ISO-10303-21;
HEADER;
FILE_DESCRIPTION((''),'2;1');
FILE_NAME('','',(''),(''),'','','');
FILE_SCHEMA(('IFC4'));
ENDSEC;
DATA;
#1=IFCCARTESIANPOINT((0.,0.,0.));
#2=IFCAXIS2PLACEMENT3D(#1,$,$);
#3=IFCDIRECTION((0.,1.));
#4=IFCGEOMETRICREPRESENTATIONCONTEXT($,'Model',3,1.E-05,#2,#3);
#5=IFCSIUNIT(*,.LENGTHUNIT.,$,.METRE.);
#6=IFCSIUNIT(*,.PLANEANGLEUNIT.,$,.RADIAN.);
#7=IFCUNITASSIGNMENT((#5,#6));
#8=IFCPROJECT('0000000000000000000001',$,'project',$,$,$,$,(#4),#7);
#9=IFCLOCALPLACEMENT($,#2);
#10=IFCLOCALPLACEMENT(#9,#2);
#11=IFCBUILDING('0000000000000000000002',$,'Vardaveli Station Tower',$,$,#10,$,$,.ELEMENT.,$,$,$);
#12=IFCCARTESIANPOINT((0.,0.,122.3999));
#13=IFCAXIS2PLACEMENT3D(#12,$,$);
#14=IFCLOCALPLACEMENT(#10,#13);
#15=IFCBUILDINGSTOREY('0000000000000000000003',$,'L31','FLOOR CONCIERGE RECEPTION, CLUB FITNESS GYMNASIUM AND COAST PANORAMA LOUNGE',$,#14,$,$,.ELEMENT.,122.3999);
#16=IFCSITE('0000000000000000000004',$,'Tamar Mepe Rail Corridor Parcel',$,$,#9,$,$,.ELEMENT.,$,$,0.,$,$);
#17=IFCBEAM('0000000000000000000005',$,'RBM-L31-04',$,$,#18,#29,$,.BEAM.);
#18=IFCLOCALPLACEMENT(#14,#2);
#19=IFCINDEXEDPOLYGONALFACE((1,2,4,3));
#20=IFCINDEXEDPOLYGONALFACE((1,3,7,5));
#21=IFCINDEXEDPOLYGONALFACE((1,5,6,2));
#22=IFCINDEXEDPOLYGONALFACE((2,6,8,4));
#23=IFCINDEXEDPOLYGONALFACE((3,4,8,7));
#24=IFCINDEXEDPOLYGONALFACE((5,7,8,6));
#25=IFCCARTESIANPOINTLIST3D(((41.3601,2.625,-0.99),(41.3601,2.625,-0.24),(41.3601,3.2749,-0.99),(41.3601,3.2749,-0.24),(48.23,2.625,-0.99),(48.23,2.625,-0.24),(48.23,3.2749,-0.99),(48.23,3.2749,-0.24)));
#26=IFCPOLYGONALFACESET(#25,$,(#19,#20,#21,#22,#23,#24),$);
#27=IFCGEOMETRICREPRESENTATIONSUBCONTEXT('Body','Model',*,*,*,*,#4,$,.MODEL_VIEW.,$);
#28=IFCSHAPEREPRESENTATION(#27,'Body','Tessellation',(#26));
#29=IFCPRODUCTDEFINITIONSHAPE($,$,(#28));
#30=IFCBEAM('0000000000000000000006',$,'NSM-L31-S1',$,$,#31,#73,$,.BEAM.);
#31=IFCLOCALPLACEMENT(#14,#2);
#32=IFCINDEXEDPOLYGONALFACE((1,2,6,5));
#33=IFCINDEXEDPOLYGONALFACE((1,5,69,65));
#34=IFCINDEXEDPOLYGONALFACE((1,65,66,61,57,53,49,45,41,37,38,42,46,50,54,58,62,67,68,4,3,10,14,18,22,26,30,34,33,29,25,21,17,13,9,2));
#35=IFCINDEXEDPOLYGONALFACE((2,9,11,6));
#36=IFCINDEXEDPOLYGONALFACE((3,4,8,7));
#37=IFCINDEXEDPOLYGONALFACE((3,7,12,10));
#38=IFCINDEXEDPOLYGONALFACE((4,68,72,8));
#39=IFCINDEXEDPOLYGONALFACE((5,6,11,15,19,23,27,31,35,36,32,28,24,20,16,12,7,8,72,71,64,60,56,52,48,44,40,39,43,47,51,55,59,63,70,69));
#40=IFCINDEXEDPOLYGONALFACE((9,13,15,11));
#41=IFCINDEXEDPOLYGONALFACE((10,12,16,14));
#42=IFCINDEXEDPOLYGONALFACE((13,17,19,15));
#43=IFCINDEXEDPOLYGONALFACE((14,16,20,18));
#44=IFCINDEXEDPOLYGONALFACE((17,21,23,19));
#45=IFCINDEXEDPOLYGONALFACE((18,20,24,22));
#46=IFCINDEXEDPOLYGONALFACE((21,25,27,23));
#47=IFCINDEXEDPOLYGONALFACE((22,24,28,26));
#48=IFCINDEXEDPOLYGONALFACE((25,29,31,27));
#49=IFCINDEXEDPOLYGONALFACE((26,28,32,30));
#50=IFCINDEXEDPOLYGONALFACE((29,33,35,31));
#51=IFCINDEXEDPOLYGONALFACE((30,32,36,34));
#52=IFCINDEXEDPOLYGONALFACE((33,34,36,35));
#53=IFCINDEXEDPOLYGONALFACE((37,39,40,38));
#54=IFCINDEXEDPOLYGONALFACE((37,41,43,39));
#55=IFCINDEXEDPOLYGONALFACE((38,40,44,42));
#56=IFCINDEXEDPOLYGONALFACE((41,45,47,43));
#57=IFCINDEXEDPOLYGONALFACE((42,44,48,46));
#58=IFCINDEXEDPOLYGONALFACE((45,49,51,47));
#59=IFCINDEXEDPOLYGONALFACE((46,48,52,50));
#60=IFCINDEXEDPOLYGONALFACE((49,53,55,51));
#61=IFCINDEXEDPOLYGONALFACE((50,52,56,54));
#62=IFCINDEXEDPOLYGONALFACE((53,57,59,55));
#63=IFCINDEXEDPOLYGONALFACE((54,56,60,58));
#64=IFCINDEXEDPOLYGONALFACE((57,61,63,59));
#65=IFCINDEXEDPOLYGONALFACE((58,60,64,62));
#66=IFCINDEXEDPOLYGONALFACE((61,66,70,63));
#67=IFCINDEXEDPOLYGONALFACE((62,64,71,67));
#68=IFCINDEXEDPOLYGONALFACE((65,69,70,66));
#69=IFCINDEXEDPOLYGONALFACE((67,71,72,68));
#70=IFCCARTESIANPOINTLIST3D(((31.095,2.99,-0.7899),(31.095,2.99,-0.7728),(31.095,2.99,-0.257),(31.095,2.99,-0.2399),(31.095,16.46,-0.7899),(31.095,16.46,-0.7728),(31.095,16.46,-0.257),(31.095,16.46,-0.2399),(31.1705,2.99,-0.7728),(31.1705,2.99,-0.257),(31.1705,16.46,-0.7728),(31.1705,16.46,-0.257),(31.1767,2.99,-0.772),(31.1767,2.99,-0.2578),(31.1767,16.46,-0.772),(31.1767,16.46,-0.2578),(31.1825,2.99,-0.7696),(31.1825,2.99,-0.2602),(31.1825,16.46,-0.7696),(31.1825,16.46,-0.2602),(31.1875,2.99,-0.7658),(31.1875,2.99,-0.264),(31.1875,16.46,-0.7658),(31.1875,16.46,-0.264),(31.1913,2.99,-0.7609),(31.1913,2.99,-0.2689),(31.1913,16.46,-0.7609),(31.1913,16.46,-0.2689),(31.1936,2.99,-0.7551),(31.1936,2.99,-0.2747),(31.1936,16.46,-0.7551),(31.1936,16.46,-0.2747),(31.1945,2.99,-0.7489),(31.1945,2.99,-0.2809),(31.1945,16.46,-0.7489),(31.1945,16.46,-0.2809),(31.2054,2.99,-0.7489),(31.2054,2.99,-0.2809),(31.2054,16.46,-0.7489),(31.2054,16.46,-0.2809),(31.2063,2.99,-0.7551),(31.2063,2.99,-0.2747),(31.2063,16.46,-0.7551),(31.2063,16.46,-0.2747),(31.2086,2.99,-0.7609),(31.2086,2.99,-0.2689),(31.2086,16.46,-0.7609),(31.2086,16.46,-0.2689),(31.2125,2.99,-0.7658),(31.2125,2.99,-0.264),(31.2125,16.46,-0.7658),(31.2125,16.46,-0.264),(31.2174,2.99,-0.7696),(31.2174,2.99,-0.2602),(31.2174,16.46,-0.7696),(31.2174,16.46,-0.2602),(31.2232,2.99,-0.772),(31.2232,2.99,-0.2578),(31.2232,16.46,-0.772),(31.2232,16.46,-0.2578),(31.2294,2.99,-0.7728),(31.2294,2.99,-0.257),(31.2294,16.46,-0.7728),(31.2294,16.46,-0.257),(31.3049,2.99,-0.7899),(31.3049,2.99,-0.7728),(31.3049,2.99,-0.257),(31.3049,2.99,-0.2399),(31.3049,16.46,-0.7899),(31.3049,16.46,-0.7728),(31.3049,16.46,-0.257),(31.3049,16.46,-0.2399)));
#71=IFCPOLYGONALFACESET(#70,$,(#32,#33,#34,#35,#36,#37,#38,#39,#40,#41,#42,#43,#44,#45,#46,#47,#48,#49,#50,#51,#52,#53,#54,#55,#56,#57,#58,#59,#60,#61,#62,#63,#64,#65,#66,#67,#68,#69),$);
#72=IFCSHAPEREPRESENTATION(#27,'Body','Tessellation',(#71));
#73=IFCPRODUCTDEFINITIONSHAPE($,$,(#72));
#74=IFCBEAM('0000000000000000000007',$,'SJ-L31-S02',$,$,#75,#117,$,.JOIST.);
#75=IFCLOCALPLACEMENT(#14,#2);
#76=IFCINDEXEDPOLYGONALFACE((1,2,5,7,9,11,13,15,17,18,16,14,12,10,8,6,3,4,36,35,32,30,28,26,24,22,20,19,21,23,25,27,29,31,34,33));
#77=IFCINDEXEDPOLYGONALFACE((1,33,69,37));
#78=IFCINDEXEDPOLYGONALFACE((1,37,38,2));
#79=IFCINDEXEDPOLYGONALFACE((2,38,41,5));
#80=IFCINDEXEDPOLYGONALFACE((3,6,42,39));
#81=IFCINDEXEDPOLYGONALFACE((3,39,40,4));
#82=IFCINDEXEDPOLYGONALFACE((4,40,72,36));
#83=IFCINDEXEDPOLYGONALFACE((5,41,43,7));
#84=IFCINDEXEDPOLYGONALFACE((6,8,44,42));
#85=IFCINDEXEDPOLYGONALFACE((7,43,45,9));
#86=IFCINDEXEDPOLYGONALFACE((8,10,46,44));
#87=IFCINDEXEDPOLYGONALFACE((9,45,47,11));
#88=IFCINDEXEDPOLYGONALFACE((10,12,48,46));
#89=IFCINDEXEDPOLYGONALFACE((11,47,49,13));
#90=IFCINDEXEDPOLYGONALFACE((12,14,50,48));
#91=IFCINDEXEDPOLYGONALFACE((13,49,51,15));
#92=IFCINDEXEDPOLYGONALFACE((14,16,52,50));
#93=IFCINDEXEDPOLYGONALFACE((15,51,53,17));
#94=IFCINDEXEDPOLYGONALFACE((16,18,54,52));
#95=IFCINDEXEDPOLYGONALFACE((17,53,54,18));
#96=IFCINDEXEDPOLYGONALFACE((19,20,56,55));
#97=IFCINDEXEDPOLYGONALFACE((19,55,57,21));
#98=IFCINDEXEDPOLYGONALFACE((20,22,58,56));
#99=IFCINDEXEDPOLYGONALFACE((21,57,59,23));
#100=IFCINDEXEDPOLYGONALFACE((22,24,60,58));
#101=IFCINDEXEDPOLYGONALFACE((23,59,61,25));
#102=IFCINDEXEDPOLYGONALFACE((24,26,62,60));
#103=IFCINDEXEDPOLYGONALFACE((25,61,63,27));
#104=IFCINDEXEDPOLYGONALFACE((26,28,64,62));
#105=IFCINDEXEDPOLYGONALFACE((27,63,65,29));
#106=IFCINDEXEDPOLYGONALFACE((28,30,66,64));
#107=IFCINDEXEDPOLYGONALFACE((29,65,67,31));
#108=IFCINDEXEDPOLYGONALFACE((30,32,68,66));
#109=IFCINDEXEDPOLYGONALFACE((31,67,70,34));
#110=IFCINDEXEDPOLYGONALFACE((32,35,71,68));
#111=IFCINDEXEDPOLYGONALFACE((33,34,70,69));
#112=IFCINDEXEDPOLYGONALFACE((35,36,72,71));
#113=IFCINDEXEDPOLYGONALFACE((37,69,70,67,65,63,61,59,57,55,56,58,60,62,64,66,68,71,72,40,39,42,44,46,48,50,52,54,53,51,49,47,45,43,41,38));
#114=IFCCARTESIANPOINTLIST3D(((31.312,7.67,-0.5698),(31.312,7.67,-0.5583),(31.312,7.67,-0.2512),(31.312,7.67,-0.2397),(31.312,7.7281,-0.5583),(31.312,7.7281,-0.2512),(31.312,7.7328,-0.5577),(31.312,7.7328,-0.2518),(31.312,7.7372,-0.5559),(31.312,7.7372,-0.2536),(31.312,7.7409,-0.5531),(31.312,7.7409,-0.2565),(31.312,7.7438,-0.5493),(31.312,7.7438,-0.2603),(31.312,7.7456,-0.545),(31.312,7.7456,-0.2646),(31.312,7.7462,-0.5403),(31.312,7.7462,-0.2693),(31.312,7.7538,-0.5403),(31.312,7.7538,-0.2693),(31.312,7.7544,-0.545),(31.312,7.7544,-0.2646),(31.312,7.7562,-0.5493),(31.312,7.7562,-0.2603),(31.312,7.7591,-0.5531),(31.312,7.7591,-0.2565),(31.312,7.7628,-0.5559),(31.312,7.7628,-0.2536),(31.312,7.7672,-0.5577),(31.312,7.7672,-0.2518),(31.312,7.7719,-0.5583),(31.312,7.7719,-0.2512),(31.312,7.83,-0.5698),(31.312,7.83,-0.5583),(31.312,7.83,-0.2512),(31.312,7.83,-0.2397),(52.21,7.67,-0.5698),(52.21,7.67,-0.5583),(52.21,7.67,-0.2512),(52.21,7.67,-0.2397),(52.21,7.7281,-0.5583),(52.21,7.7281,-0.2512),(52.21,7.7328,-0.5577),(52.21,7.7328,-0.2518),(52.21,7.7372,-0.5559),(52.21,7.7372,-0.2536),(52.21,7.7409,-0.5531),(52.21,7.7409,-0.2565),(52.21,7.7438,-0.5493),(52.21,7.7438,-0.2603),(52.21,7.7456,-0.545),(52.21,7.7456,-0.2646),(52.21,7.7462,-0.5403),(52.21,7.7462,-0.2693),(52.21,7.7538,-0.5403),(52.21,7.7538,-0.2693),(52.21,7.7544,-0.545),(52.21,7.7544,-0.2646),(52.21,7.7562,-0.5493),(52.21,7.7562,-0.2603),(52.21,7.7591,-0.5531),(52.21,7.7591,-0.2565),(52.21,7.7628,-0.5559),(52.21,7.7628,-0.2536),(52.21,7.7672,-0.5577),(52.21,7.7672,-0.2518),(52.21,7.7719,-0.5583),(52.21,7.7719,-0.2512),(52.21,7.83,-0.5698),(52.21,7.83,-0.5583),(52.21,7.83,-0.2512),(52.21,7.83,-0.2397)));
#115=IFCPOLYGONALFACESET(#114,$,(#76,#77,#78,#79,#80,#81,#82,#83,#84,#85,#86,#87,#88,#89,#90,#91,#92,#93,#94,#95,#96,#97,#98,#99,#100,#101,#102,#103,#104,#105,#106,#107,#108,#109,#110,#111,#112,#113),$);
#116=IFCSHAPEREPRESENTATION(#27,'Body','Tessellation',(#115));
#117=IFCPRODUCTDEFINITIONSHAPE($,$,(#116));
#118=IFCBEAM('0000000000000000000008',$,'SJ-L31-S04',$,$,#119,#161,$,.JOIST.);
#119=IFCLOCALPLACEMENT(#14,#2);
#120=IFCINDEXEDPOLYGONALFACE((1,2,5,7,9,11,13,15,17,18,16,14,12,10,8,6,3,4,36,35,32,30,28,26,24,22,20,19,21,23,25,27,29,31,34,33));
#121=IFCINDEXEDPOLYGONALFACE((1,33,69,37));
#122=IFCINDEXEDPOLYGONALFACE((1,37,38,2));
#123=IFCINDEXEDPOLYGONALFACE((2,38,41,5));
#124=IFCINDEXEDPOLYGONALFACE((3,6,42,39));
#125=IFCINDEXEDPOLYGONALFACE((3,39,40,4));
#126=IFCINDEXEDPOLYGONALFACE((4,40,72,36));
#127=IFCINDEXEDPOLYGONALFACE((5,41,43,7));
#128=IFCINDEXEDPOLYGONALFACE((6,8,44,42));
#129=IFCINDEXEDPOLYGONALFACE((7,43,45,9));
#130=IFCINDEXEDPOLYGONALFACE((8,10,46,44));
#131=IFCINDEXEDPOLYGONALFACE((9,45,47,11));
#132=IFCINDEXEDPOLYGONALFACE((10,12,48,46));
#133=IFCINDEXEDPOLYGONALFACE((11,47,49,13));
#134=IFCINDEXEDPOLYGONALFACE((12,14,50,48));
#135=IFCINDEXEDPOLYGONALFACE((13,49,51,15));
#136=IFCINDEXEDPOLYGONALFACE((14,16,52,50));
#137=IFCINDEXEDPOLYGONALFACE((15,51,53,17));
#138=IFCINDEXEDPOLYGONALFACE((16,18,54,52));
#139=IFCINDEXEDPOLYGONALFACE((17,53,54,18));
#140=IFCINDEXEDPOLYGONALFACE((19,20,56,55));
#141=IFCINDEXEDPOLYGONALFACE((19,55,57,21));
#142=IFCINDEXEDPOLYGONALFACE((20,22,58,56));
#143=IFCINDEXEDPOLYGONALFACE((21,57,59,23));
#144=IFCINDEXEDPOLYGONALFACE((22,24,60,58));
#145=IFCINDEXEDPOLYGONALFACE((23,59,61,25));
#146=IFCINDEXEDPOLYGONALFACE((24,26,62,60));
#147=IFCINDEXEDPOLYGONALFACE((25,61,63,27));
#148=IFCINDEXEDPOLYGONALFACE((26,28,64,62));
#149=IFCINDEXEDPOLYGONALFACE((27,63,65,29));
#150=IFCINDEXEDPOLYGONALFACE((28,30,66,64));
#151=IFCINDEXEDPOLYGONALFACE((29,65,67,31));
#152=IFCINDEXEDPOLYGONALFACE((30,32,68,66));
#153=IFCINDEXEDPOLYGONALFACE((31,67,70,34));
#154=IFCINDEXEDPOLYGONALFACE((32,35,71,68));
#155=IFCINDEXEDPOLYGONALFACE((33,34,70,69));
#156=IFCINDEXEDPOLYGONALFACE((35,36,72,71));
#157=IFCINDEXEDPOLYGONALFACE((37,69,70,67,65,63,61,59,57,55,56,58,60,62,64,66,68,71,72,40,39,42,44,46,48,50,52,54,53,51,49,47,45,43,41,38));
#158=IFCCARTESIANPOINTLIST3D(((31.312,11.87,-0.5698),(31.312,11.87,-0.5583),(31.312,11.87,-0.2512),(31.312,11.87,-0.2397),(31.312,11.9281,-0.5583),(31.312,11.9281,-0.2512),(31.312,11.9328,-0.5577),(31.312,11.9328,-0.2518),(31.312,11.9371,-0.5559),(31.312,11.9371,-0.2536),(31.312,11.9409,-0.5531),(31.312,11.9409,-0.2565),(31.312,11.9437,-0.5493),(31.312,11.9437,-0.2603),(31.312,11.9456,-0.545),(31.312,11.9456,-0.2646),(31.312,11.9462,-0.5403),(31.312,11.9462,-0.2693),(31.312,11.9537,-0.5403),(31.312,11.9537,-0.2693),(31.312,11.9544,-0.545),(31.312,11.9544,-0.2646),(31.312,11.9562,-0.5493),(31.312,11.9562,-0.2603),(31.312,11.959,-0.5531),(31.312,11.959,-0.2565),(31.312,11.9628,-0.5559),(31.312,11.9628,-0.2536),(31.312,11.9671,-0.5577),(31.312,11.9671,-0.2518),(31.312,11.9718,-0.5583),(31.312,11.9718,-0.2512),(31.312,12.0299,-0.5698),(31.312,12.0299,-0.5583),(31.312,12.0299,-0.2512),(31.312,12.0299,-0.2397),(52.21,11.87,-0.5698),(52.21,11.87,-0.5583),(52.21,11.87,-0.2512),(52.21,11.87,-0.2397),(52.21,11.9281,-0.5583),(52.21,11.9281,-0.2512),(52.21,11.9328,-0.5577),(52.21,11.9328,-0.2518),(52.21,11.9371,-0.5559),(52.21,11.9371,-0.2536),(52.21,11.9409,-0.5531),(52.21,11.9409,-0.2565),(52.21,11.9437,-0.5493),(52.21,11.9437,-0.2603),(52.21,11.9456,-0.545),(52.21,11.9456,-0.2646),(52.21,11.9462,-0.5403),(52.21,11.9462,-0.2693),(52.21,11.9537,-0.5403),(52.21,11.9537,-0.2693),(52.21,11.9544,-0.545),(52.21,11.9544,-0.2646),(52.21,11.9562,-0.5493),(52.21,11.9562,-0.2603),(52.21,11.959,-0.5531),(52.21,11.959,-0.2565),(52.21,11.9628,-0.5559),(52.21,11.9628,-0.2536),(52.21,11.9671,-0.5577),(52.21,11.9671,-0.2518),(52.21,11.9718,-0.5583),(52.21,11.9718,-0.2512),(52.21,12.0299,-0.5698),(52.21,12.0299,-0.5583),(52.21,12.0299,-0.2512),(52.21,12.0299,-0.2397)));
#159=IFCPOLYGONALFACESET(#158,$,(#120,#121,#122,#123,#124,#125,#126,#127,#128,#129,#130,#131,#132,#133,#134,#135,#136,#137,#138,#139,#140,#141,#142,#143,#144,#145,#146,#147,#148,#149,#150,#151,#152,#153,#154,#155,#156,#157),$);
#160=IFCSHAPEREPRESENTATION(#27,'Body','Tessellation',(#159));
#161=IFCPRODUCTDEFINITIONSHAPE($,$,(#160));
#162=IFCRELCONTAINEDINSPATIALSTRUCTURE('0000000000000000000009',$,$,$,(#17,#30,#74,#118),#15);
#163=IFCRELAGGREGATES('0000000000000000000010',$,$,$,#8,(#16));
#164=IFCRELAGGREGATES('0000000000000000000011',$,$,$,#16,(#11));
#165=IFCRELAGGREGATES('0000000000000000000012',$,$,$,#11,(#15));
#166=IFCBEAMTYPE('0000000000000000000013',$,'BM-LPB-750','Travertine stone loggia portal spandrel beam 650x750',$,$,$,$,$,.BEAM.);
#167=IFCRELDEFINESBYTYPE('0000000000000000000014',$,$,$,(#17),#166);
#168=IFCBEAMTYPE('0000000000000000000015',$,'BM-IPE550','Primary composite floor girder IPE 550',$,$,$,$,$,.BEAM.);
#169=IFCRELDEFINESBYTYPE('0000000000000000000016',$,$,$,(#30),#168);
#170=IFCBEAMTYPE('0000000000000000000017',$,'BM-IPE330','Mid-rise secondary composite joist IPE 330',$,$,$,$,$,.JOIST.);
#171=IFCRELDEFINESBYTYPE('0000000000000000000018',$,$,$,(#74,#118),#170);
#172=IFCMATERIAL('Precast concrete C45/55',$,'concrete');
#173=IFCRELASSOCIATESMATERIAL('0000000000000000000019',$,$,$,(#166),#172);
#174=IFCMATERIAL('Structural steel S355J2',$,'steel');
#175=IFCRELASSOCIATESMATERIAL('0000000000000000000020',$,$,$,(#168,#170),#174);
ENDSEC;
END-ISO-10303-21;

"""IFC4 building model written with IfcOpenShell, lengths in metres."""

from ifc_helpers import new_model, si_unit, direction, frame, origin, origin_2d, place, context, subcontext, project, spatial, rectangle, i_section, extrude, source, transform, mapped, material, material_profile, profile_set, type_object, element, save


model = new_model("IFC4")

# Units and contexts
model_context = context("Model", 3, precision=1e-05, world=origin(), true_north=direction((0.0, 1.0)))
body_context = subcontext(model_context, "Body", "Model", "MODEL_VIEW")
ifc_project = project(units=[si_unit("LENGTHUNIT", "METRE"), si_unit("PLANEANGLEUNIT", "RADIAN")], contexts=[model_context])

# Site, building, storey
site_placement = place(None, origin())
site = spatial("IfcSite", under=ifc_project, at=site_placement, Name="Tamar Mepe Rail Corridor Parcel", CompositionType="ELEMENT", RefElevation=0.0)
building_placement = place(site_placement, origin())
building = spatial("IfcBuilding", under=site, at=building_placement, Name="Vardaveli Station Tower", CompositionType="ELEMENT")
storey_placement = place(building_placement, frame((0.0, 0.0, 122.3999)))
storey = spatial("IfcBuildingStorey", under=building, at=storey_placement, Name="L31", Description="FLOOR CONCIERGE RECEPTION, CLUB FITNESS GYMNASIUM AND COAST PANORAMA LOUNGE", CompositionType="ELEMENT", Elevation=122.3999)

# Beams
ifc_material_1 = material(Name="Structural steel S355J2", Category="steel")
ifc_material_2 = material(Name="Precast concrete C45/55", Category="concrete")
ifc_material_profile_1 = material_profile(ifc_material_2, rectangle(XDim=0.6499, YDim=0.75, at=origin_2d()), Name="LPB 650x750")
ifc_profile_set_1 = profile_set([ifc_material_profile_1], Name="Precast concrete C45/55")
beam_type_1 = type_object("IfcBeamType", Name="BM-LPB-750", Description="Travertine stone loggia portal spandrel beam 650x750", PredefinedType="BEAM", material=ifc_profile_set_1)
shared_shape_1 = source(origin(), body_context, "Body", "SweptSolid", [
    extrude(rectangle(XDim=0.6499, YDim=0.75, at=origin_2d()), origin(), (0.0, 0.0, 1.0), 6.8699),
])
beam_1_placement = place(storey_placement, frame((41.3601, 2.95, -0.615), z_axis=(1.0, 0.0, 0.0), x_axis=(0.0, 1.0, 0.0)))
element("IfcBeam", 1, at=beam_1_placement, inside=storey, type_object=beam_type_1, Name="RBM-L31-04", PredefinedType="BEAM", context=body_context, shape_type="MappedRepresentation", body=[
    mapped(shared_shape_1, transform((0.0, 0.0, 0.0), scale=1.0)),
])
ifc_material_profile_2 = material_profile(ifc_material_1, i_section(OverallWidth=0.21, OverallDepth=0.55, WebThickness=0.011, FlangeThickness=0.0171, FilletRadius=0.0239, at=origin_2d()), Name="IPE 550")
ifc_profile_set_2 = profile_set([ifc_material_profile_2], Name="Structural steel S355J2")
beam_type_2 = type_object("IfcBeamType", Name="BM-IPE550", Description="Primary composite floor girder IPE 550", PredefinedType="BEAM", material=ifc_profile_set_2)
shared_shape_2 = source(origin(), body_context, "Body", "SweptSolid", [
    extrude(i_section(OverallWidth=0.21, OverallDepth=0.55, WebThickness=0.011, FlangeThickness=0.0171, FilletRadius=0.0239, at=origin_2d()), origin(), (0.0, 0.0, 1.0), 13.47),
])
beam_2_placement = place(storey_placement, frame((31.2, 2.99, -0.5149), z_axis=(0.0, 1.0, 0.0), x_axis=(-1.0, 0.0, 0.0)))
element("IfcBeam", 2, at=beam_2_placement, inside=storey, type_object=beam_type_2, Name="NSM-L31-S1", PredefinedType="BEAM", context=body_context, shape_type="MappedRepresentation", body=[
    mapped(shared_shape_2, transform((0.0, 0.0, 0.0), scale=1.0)),
])
ifc_material_profile_3 = material_profile(ifc_material_1, i_section(OverallWidth=0.1599, OverallDepth=0.3301, WebThickness=0.0076, FlangeThickness=0.0115, FilletRadius=0.0181, at=origin_2d()), Name="IPE 330")
ifc_profile_set_3 = profile_set([ifc_material_profile_3], Name="Structural steel S355J2")
beam_type_3 = type_object("IfcBeamType", Name="BM-IPE330", Description="Mid-rise secondary composite joist IPE 330", PredefinedType="JOIST", material=ifc_profile_set_3)
shared_shape_3 = source(origin(), body_context, "Body", "SweptSolid", [
    extrude(i_section(OverallWidth=0.1599, OverallDepth=0.3301, WebThickness=0.0076, FlangeThickness=0.0115, FilletRadius=0.0181, at=origin_2d()), origin(), (0.0, 0.0, 1.0), 20.8979),
])
for number, where, z_axis, x_axis, name in (
    (3, (31.312, 7.75, -0.4048), (1.0, 0.0, 0.0), (0.0, 1.0, 0.0), "SJ-L31-S02"),
    (4, (31.312, 11.95, -0.4048), (1.0, 0.0, 0.0), (0.0, 1.0, 0.0), "SJ-L31-S04"),
):
    element("IfcBeam", number, at=place(storey_placement, frame(where, z_axis=z_axis, x_axis=x_axis)), inside=storey, type_object=beam_type_3, Name=name, PredefinedType="JOIST", context=body_context, shape_type="MappedRepresentation", body=[
        mapped(shared_shape_3, transform((0.0, 0.0, 0.0), scale=1.0)),
    ])

save(model, "model.ifc")
